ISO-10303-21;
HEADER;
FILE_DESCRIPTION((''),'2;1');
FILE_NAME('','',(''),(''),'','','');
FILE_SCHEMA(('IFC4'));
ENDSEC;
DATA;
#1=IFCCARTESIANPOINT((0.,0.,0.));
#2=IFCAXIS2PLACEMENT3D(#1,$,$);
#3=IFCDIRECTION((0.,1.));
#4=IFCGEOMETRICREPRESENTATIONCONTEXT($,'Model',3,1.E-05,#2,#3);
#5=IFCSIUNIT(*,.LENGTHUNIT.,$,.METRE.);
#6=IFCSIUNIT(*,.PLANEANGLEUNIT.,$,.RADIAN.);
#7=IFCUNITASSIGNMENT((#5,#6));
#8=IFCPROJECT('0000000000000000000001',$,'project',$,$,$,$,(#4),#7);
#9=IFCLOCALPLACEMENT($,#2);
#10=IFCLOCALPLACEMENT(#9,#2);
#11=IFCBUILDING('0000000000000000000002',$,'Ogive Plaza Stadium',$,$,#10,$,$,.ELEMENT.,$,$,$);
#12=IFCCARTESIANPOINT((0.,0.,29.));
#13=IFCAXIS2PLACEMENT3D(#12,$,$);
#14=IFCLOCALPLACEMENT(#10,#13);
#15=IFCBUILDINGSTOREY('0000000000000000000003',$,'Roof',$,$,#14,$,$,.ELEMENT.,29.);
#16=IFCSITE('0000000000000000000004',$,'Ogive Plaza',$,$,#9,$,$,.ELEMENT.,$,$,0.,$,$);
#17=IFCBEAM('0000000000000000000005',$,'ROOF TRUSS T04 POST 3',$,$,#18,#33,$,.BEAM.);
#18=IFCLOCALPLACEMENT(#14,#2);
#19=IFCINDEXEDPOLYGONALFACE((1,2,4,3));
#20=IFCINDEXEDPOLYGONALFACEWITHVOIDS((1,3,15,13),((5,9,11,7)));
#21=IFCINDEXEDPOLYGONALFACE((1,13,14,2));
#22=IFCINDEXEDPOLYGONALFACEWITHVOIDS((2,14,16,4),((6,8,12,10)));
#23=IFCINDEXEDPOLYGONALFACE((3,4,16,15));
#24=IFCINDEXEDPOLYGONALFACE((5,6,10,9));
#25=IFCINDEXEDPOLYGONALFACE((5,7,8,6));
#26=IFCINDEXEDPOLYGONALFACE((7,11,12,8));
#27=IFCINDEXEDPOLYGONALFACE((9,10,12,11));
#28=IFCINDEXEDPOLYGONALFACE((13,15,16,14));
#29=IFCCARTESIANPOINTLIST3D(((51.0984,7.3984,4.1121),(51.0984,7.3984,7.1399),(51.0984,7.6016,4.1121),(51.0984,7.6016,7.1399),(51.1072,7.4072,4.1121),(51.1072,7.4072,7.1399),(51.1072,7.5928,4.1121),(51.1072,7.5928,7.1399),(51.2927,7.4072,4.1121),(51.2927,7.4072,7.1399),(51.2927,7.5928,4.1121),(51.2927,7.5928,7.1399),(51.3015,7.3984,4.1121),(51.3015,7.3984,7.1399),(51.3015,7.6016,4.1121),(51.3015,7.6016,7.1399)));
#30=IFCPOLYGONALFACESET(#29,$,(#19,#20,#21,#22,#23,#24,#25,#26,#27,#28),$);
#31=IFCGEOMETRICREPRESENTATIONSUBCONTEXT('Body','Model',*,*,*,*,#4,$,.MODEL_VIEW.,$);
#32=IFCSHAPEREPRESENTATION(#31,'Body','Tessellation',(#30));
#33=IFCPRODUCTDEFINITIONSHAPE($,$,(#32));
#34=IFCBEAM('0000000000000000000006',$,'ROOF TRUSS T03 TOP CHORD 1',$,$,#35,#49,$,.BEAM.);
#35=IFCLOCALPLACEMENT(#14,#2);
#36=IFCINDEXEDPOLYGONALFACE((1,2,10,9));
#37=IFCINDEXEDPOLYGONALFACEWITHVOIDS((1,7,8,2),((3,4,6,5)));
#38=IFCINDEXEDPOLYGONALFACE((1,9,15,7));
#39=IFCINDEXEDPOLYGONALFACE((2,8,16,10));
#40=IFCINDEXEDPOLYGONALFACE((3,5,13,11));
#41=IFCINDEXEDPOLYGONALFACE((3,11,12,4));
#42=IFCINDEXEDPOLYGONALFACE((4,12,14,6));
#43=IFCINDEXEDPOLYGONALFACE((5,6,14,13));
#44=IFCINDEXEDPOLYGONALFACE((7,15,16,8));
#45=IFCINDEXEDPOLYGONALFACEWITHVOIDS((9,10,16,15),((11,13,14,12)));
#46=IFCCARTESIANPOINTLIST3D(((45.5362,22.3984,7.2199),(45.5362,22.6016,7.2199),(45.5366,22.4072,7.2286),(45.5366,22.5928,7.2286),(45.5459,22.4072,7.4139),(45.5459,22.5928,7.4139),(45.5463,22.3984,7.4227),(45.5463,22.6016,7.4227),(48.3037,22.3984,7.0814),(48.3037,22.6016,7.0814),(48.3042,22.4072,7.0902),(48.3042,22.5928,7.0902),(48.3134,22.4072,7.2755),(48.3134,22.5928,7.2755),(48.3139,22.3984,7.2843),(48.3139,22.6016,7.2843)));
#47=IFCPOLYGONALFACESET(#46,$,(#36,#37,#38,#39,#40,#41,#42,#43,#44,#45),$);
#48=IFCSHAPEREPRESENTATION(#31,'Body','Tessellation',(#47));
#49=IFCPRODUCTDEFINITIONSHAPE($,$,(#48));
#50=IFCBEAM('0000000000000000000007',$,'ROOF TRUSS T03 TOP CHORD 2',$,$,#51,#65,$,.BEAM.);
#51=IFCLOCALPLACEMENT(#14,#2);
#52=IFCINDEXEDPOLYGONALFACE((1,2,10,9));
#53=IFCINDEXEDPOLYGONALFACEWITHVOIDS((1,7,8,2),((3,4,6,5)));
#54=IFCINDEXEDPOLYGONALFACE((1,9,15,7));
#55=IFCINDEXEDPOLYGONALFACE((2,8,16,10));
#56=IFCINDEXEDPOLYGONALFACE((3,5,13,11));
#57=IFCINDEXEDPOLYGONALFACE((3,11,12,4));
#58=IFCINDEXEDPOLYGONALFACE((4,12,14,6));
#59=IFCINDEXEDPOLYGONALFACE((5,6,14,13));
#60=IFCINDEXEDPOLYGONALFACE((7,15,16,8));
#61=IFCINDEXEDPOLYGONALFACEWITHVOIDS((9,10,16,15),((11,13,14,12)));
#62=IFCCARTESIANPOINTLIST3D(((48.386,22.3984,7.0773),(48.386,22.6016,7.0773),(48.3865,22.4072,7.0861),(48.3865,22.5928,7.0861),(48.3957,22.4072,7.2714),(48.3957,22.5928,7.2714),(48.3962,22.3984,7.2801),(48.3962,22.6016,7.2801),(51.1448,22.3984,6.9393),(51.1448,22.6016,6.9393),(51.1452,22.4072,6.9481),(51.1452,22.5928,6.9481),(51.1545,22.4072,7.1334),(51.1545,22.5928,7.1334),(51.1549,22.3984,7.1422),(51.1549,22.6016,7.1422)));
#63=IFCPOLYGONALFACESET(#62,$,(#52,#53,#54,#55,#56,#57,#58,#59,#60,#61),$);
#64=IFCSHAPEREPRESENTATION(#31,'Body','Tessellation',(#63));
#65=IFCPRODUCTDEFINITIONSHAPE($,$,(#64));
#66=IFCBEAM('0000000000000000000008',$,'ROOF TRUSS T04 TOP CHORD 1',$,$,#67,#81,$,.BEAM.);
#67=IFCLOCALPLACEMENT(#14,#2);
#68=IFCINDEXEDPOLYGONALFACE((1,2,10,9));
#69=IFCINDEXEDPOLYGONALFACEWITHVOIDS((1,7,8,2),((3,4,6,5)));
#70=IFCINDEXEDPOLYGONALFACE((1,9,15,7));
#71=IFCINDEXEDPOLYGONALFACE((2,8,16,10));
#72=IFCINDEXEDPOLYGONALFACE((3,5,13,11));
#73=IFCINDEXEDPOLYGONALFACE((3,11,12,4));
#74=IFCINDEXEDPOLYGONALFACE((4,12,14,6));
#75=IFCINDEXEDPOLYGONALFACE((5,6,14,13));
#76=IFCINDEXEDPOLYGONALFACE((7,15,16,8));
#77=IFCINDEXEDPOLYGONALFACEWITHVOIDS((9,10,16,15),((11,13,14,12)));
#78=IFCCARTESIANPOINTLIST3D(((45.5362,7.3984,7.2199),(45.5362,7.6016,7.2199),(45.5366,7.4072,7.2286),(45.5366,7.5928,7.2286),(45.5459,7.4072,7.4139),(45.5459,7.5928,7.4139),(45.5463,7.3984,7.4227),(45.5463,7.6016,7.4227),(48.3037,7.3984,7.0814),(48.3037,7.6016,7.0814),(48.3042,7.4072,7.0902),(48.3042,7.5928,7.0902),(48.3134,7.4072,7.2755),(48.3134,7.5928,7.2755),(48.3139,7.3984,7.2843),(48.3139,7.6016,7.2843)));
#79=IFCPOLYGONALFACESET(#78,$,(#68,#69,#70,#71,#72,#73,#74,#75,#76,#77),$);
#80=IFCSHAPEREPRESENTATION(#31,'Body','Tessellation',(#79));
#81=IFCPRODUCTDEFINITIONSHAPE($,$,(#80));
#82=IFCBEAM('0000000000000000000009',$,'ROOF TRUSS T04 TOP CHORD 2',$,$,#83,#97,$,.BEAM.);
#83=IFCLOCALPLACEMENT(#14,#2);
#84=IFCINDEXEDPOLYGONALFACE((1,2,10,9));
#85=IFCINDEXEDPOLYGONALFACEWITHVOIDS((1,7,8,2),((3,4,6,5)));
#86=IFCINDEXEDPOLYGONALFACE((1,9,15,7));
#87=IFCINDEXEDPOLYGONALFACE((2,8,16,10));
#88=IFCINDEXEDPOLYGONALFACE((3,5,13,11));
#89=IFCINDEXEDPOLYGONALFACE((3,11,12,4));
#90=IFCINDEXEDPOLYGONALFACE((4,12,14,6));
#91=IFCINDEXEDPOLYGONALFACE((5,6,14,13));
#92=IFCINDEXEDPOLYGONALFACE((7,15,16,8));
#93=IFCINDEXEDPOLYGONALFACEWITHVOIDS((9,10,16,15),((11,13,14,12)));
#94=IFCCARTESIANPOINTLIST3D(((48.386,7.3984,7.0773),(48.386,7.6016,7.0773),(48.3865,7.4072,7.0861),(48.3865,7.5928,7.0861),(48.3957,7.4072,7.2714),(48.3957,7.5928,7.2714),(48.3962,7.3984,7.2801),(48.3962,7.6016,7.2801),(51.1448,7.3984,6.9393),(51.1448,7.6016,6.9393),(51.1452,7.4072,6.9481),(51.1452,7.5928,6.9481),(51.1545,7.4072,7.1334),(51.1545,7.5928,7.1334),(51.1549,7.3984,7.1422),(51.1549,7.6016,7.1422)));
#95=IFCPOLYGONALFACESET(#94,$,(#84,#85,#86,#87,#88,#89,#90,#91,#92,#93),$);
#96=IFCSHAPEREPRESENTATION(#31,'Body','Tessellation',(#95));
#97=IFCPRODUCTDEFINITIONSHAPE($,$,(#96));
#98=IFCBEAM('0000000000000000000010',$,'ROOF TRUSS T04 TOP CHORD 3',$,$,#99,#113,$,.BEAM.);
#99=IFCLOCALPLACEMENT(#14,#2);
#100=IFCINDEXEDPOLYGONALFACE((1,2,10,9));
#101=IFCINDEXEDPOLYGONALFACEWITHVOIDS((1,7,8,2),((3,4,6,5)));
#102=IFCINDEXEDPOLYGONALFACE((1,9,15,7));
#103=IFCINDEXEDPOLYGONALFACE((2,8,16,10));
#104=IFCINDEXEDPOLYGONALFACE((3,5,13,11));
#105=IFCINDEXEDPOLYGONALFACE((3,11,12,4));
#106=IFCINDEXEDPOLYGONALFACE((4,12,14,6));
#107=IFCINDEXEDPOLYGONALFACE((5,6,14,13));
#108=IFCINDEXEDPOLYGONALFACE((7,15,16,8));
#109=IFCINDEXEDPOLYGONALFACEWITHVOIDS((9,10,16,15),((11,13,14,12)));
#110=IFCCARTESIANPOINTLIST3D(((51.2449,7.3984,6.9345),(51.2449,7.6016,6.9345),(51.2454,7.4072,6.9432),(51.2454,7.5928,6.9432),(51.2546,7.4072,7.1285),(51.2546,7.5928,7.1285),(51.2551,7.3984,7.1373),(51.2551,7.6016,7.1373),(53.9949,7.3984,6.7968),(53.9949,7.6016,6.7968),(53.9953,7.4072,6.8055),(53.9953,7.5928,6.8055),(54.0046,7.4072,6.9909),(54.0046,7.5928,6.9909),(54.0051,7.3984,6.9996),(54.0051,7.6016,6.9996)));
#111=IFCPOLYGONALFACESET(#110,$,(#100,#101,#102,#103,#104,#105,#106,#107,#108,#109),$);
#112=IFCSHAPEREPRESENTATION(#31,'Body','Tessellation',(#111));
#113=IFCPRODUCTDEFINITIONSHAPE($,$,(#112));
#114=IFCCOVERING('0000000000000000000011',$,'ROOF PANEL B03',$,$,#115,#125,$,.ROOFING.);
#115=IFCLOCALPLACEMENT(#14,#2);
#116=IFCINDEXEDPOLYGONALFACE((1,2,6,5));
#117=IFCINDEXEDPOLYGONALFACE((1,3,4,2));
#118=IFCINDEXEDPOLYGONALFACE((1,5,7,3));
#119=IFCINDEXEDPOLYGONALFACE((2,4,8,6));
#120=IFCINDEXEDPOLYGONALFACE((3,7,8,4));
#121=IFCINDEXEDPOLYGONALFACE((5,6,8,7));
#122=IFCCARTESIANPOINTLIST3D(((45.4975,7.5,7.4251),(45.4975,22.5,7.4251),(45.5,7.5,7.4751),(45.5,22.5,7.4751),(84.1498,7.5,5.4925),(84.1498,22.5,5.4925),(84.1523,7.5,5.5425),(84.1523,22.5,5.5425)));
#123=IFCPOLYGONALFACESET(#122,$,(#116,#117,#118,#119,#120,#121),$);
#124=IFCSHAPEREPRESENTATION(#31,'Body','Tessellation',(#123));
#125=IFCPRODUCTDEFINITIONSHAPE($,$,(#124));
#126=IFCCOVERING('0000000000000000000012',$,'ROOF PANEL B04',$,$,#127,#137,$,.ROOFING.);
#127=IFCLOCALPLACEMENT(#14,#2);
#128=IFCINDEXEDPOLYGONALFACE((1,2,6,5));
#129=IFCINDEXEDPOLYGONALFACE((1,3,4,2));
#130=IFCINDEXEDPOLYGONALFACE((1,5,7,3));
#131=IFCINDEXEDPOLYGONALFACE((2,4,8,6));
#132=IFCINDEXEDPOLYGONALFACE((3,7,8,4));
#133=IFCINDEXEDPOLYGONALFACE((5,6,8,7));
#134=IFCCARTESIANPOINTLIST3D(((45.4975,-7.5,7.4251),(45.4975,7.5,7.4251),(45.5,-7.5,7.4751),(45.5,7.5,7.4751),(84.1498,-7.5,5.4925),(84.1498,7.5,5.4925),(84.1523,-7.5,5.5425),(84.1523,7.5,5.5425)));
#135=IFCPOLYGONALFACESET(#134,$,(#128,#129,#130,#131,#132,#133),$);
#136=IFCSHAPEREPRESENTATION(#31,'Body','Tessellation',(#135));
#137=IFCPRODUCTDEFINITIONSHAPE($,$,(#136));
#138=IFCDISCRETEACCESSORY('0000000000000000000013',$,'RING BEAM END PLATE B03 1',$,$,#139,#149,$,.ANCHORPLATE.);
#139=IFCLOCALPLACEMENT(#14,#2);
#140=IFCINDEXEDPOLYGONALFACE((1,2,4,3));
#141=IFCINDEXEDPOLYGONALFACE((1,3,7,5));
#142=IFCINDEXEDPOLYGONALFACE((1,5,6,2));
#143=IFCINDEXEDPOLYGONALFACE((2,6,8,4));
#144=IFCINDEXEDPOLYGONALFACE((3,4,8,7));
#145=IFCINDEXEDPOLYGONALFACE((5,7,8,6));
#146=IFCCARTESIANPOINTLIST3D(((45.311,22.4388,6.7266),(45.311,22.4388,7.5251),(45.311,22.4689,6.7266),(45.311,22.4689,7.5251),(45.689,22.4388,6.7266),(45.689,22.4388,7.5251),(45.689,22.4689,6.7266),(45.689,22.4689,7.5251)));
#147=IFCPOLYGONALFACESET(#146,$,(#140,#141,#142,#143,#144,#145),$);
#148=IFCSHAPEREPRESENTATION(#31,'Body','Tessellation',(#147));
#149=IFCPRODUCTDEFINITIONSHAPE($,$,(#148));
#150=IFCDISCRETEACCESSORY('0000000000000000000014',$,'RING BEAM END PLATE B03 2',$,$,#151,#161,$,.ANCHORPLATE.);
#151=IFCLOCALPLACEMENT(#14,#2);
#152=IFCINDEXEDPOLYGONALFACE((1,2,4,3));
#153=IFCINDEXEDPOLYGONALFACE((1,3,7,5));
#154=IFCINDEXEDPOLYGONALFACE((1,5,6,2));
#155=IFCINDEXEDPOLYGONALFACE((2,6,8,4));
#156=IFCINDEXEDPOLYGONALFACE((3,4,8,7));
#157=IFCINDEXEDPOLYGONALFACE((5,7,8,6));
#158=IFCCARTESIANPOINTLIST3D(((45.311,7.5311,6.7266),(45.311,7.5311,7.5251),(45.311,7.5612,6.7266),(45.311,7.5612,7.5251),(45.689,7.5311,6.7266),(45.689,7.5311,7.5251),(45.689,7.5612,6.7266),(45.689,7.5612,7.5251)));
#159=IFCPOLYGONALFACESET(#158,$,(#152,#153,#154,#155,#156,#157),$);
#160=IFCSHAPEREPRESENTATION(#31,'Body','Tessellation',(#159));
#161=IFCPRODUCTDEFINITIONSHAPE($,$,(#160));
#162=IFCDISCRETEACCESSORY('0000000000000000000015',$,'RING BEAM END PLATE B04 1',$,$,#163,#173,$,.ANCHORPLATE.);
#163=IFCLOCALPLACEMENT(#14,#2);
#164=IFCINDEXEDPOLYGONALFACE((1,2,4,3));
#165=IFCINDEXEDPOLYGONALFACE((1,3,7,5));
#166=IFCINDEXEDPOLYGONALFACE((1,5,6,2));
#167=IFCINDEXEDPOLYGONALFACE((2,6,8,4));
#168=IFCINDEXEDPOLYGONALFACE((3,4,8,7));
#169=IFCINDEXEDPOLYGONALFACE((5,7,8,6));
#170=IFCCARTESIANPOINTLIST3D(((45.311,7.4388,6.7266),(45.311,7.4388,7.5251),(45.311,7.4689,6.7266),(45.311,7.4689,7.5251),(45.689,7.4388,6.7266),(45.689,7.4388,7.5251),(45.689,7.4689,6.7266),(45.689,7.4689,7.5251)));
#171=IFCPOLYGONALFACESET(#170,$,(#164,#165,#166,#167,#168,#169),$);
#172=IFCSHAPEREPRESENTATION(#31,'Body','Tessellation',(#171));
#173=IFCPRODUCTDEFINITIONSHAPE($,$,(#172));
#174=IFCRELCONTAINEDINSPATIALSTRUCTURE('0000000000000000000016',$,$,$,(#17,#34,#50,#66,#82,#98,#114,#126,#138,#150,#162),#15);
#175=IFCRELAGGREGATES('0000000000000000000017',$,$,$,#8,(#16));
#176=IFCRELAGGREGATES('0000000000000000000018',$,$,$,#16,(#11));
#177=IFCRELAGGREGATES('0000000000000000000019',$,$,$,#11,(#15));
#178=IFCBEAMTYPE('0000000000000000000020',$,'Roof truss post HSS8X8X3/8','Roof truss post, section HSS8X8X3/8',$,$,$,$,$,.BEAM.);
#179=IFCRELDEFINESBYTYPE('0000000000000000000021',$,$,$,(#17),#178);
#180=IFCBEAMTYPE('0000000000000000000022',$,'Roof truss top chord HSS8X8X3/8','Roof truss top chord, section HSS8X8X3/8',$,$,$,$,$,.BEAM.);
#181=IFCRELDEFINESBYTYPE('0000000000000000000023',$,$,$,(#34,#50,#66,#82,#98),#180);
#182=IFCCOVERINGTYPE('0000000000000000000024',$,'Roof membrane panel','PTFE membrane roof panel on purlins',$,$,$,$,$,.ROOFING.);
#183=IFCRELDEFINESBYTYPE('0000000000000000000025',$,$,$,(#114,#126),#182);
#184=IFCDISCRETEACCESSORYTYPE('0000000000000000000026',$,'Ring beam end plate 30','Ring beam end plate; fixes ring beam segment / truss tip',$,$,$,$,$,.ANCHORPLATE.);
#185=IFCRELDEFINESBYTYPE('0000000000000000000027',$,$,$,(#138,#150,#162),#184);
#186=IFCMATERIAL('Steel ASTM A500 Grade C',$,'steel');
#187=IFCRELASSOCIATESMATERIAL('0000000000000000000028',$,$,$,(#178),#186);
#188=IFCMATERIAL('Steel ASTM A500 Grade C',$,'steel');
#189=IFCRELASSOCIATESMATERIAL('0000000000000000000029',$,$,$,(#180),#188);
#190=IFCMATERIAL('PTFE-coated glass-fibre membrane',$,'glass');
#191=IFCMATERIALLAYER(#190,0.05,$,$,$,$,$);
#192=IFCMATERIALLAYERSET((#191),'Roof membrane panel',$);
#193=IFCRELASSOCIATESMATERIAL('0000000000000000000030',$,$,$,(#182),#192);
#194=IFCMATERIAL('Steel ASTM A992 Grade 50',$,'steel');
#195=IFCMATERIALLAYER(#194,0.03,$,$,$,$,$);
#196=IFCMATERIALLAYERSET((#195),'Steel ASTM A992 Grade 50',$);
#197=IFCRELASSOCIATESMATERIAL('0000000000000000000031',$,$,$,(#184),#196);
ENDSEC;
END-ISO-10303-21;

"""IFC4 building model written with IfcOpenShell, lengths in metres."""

from ifc_helpers import new_model, si_unit, direction, frame, origin, origin_2d, place, context, subcontext, project, spatial, polyline, rectangle, hollow_rectangle, outline, extrude, material, layer, layer_set, material_profile, profile_set, type_object, element, save


model = new_model("IFC4")

# Units and contexts
model_context = context("Model", 3, precision=1e-05, world=origin(), true_north=direction((0.0, 1.0)))
body_context = subcontext(model_context, "Body", "Model", "MODEL_VIEW")
ifc_project = project(units=[si_unit("LENGTHUNIT", "METRE"), si_unit("PLANEANGLEUNIT", "RADIAN")], contexts=[model_context])

# Site, building, storey
site_placement = place(None, origin())
site = spatial("IfcSite", under=ifc_project, at=site_placement, Name="Ogive Plaza", CompositionType="ELEMENT", RefElevation=0.0)
building_placement = place(site_placement, origin())
building = spatial("IfcBuilding", under=site, at=building_placement, Name="Ogive Plaza Stadium", CompositionType="ELEMENT")
storey_placement = place(building_placement, frame((0.0, 0.0, 29.0)))
storey = spatial("IfcBuildingStorey", under=building, at=storey_placement, Name="Roof", CompositionType="ELEMENT", Elevation=29.0)

# Beams
ifc_material_1 = material(Name="Steel ASTM A500 Grade C", Category="steel")
ifc_material_profile_1 = material_profile(ifc_material_1, hollow_rectangle(XDim=0.2031, YDim=0.2031, WallThickness=0.0088, at=origin_2d()), Name="HSS8X8X3/8")
ifc_profile_set_1 = profile_set([ifc_material_profile_1], Name="Steel ASTM A500 Grade C")
beam_type_1 = type_object("IfcBeamType", Name="Roof truss post HSS8X8X3/8", Description="Roof truss post, section HSS8X8X3/8", PredefinedType="BEAM", material=ifc_profile_set_1)
beam_1_placement = place(storey_placement, frame((51.2, 7.5, 4.1121), z_axis=(0.0, 0.0, 1.0), x_axis=(0.0, 1.0, 0.0)))
element("IfcBeam", 1, at=beam_1_placement, inside=storey, type_object=beam_type_1, Name="ROOF TRUSS T04 POST 3", PredefinedType="BEAM", context=body_context, shape_type="SweptSolid", body=[
    extrude(hollow_rectangle(XDim=0.2031, YDim=0.2031, WallThickness=0.0088, at=origin_2d()), origin(), (0.0, 0.0, 1.0), 3.0278),
])
ifc_material_2 = material(Name="Steel ASTM A500 Grade C", Category="steel")
ifc_material_profile_2 = material_profile(ifc_material_2, hollow_rectangle(XDim=0.2031, YDim=0.2031, WallThickness=0.0088, at=origin_2d()), Name="HSS8X8X3/8")
ifc_profile_set_2 = profile_set([ifc_material_profile_2], Name="Steel ASTM A500 Grade C")
beam_type_2 = type_object("IfcBeamType", Name="Roof truss top chord HSS8X8X3/8", Description="Roof truss top chord, section HSS8X8X3/8", PredefinedType="BEAM", material=ifc_profile_set_2)
beam_2_placement = place(storey_placement, frame((45.5413, 22.5, 7.3213), z_axis=(0.998751, 0.0, -0.049955), x_axis=(0.0, 1.0, 0.0)))
element("IfcBeam", 2, at=beam_2_placement, inside=storey, type_object=beam_type_2, Name="ROOF TRUSS T03 TOP CHORD 1", PredefinedType="BEAM", context=body_context, shape_type="SweptSolid", body=[
    extrude(hollow_rectangle(XDim=0.2031, YDim=0.2031, WallThickness=0.0088, at=origin_2d()), origin(), (0.0, 0.0, 1.0), 2.771),
])
beam_3_placement = place(storey_placement, frame((48.3911, 22.5, 7.1787), z_axis=(0.998752, 0.0, -0.049938), x_axis=(0.0, 1.0, 0.0)))
element("IfcBeam", 3, at=beam_3_placement, inside=storey, type_object=beam_type_2, Name="ROOF TRUSS T03 TOP CHORD 2", PredefinedType="BEAM", context=body_context, shape_type="SweptSolid", body=[
    extrude(hollow_rectangle(XDim=0.2031, YDim=0.2031, WallThickness=0.0088, at=origin_2d()), origin(), (0.0, 0.0, 1.0), 2.7622),
])
beam_4_placement = place(storey_placement, frame((45.5413, 7.5, 7.3213), z_axis=(0.998751, 0.0, -0.049955), x_axis=(0.0, 1.0, 0.0)))
element("IfcBeam", 4, at=beam_4_placement, inside=storey, type_object=beam_type_2, Name="ROOF TRUSS T04 TOP CHORD 1", PredefinedType="BEAM", context=body_context, shape_type="SweptSolid", body=[
    extrude(hollow_rectangle(XDim=0.2031, YDim=0.2031, WallThickness=0.0088, at=origin_2d()), origin(), (0.0, 0.0, 1.0), 2.771),
])
beam_5_placement = place(storey_placement, frame((48.3911, 7.5, 7.1787), z_axis=(0.998752, 0.0, -0.049938), x_axis=(0.0, 1.0, 0.0)))
element("IfcBeam", 5, at=beam_5_placement, inside=storey, type_object=beam_type_2, Name="ROOF TRUSS T04 TOP CHORD 2", PredefinedType="BEAM", context=body_context, shape_type="SweptSolid", body=[
    extrude(hollow_rectangle(XDim=0.2031, YDim=0.2031, WallThickness=0.0088, at=origin_2d()), origin(), (0.0, 0.0, 1.0), 2.7622),
])
beam_6_placement = place(storey_placement, frame((51.25, 7.5, 7.0359), z_axis=(0.998749, 0.0, -0.050008), x_axis=(0.0, 1.0, 0.0)))
element("IfcBeam", 6, at=beam_6_placement, inside=storey, type_object=beam_type_2, Name="ROOF TRUSS T04 TOP CHORD 3", PredefinedType="BEAM", context=body_context, shape_type="SweptSolid", body=[
    extrude(hollow_rectangle(XDim=0.2031, YDim=0.2031, WallThickness=0.0088, at=origin_2d()), origin(), (0.0, 0.0, 1.0), 2.7534),
])

# Coverings
ifc_material_3 = material(Name="PTFE-coated glass-fibre membrane", Category="glass")
ifc_layer_1 = layer(ifc_material_3, 0.05)
ifc_layer_set_1 = layer_set([ifc_layer_1], Name="Roof membrane panel")
covering_type = type_object("IfcCoveringType", Name="Roof membrane panel", Description="PTFE membrane roof panel on purlins", PredefinedType="ROOFING", material=ifc_layer_set_1)
for number, where, z_axis, x_axis, name in (
    (7, (45.5, 22.5, 7.4751), (0.049938, 0.0, 0.998752), (0.998752, 0.0, -0.049938), "ROOF PANEL B03"),
    (8, (45.5, 7.5, 7.4751), (0.049938, 0.0, 0.998752), (0.998752, 0.0, -0.049938), "ROOF PANEL B04"),
):
    element("IfcCovering", number, at=place(storey_placement, frame(where, z_axis=z_axis, x_axis=x_axis)), inside=storey, type_object=covering_type, Name=name, PredefinedType="ROOFING", context=body_context, shape_type="SweptSolid", body=[
        extrude(outline(polyline([(0.0, 0.0), (38.7006, 0.0), (38.7006, -15.0), (0.0, -15.0), (0.0, 0.0)])), origin(), (0.0, 0.0, -1.0), 0.05),
    ])

# Discrete accessories
ifc_material_4 = material(Name="Steel ASTM A992 Grade 50", Category="steel")
ifc_layer_2 = layer(ifc_material_4, 0.03)
ifc_layer_set_2 = layer_set([ifc_layer_2], Name="Steel ASTM A992 Grade 50")
discrete_accessory_type = type_object("IfcDiscreteAccessoryType", Name="Ring beam end plate 30", Description="Ring beam end plate; fixes ring beam segment / truss tip", PredefinedType="ANCHORPLATE", material=ifc_layer_set_2)
for number, where, z_axis, x_axis, name in (
    (9, (45.5, 22.4539, 6.7266), (0.0, 0.0, 1.0), (0.0, -1.0, 0.0), "RING BEAM END PLATE B03 1"),
    (10, (45.5, 7.5461, 6.7266), (0.0, 0.0, 1.0), (0.0, -1.0, 0.0), "RING BEAM END PLATE B03 2"),
    (11, (45.5, 7.4539, 6.7266), (0.0, 0.0, 1.0), (0.0, -1.0, 0.0), "RING BEAM END PLATE B04 1"),
):
    element("IfcDiscreteAccessory", number, at=place(storey_placement, frame(where, z_axis=z_axis, x_axis=x_axis)), inside=storey, type_object=discrete_accessory_type, Name=name, PredefinedType="ANCHORPLATE", context=body_context, shape_type="SweptSolid", body=[
        extrude(rectangle(XDim=0.03, YDim=0.3779, at=origin_2d()), origin(), (0.0, 0.0, 1.0), 0.7986),
    ])

save(model, "model.ifc")
